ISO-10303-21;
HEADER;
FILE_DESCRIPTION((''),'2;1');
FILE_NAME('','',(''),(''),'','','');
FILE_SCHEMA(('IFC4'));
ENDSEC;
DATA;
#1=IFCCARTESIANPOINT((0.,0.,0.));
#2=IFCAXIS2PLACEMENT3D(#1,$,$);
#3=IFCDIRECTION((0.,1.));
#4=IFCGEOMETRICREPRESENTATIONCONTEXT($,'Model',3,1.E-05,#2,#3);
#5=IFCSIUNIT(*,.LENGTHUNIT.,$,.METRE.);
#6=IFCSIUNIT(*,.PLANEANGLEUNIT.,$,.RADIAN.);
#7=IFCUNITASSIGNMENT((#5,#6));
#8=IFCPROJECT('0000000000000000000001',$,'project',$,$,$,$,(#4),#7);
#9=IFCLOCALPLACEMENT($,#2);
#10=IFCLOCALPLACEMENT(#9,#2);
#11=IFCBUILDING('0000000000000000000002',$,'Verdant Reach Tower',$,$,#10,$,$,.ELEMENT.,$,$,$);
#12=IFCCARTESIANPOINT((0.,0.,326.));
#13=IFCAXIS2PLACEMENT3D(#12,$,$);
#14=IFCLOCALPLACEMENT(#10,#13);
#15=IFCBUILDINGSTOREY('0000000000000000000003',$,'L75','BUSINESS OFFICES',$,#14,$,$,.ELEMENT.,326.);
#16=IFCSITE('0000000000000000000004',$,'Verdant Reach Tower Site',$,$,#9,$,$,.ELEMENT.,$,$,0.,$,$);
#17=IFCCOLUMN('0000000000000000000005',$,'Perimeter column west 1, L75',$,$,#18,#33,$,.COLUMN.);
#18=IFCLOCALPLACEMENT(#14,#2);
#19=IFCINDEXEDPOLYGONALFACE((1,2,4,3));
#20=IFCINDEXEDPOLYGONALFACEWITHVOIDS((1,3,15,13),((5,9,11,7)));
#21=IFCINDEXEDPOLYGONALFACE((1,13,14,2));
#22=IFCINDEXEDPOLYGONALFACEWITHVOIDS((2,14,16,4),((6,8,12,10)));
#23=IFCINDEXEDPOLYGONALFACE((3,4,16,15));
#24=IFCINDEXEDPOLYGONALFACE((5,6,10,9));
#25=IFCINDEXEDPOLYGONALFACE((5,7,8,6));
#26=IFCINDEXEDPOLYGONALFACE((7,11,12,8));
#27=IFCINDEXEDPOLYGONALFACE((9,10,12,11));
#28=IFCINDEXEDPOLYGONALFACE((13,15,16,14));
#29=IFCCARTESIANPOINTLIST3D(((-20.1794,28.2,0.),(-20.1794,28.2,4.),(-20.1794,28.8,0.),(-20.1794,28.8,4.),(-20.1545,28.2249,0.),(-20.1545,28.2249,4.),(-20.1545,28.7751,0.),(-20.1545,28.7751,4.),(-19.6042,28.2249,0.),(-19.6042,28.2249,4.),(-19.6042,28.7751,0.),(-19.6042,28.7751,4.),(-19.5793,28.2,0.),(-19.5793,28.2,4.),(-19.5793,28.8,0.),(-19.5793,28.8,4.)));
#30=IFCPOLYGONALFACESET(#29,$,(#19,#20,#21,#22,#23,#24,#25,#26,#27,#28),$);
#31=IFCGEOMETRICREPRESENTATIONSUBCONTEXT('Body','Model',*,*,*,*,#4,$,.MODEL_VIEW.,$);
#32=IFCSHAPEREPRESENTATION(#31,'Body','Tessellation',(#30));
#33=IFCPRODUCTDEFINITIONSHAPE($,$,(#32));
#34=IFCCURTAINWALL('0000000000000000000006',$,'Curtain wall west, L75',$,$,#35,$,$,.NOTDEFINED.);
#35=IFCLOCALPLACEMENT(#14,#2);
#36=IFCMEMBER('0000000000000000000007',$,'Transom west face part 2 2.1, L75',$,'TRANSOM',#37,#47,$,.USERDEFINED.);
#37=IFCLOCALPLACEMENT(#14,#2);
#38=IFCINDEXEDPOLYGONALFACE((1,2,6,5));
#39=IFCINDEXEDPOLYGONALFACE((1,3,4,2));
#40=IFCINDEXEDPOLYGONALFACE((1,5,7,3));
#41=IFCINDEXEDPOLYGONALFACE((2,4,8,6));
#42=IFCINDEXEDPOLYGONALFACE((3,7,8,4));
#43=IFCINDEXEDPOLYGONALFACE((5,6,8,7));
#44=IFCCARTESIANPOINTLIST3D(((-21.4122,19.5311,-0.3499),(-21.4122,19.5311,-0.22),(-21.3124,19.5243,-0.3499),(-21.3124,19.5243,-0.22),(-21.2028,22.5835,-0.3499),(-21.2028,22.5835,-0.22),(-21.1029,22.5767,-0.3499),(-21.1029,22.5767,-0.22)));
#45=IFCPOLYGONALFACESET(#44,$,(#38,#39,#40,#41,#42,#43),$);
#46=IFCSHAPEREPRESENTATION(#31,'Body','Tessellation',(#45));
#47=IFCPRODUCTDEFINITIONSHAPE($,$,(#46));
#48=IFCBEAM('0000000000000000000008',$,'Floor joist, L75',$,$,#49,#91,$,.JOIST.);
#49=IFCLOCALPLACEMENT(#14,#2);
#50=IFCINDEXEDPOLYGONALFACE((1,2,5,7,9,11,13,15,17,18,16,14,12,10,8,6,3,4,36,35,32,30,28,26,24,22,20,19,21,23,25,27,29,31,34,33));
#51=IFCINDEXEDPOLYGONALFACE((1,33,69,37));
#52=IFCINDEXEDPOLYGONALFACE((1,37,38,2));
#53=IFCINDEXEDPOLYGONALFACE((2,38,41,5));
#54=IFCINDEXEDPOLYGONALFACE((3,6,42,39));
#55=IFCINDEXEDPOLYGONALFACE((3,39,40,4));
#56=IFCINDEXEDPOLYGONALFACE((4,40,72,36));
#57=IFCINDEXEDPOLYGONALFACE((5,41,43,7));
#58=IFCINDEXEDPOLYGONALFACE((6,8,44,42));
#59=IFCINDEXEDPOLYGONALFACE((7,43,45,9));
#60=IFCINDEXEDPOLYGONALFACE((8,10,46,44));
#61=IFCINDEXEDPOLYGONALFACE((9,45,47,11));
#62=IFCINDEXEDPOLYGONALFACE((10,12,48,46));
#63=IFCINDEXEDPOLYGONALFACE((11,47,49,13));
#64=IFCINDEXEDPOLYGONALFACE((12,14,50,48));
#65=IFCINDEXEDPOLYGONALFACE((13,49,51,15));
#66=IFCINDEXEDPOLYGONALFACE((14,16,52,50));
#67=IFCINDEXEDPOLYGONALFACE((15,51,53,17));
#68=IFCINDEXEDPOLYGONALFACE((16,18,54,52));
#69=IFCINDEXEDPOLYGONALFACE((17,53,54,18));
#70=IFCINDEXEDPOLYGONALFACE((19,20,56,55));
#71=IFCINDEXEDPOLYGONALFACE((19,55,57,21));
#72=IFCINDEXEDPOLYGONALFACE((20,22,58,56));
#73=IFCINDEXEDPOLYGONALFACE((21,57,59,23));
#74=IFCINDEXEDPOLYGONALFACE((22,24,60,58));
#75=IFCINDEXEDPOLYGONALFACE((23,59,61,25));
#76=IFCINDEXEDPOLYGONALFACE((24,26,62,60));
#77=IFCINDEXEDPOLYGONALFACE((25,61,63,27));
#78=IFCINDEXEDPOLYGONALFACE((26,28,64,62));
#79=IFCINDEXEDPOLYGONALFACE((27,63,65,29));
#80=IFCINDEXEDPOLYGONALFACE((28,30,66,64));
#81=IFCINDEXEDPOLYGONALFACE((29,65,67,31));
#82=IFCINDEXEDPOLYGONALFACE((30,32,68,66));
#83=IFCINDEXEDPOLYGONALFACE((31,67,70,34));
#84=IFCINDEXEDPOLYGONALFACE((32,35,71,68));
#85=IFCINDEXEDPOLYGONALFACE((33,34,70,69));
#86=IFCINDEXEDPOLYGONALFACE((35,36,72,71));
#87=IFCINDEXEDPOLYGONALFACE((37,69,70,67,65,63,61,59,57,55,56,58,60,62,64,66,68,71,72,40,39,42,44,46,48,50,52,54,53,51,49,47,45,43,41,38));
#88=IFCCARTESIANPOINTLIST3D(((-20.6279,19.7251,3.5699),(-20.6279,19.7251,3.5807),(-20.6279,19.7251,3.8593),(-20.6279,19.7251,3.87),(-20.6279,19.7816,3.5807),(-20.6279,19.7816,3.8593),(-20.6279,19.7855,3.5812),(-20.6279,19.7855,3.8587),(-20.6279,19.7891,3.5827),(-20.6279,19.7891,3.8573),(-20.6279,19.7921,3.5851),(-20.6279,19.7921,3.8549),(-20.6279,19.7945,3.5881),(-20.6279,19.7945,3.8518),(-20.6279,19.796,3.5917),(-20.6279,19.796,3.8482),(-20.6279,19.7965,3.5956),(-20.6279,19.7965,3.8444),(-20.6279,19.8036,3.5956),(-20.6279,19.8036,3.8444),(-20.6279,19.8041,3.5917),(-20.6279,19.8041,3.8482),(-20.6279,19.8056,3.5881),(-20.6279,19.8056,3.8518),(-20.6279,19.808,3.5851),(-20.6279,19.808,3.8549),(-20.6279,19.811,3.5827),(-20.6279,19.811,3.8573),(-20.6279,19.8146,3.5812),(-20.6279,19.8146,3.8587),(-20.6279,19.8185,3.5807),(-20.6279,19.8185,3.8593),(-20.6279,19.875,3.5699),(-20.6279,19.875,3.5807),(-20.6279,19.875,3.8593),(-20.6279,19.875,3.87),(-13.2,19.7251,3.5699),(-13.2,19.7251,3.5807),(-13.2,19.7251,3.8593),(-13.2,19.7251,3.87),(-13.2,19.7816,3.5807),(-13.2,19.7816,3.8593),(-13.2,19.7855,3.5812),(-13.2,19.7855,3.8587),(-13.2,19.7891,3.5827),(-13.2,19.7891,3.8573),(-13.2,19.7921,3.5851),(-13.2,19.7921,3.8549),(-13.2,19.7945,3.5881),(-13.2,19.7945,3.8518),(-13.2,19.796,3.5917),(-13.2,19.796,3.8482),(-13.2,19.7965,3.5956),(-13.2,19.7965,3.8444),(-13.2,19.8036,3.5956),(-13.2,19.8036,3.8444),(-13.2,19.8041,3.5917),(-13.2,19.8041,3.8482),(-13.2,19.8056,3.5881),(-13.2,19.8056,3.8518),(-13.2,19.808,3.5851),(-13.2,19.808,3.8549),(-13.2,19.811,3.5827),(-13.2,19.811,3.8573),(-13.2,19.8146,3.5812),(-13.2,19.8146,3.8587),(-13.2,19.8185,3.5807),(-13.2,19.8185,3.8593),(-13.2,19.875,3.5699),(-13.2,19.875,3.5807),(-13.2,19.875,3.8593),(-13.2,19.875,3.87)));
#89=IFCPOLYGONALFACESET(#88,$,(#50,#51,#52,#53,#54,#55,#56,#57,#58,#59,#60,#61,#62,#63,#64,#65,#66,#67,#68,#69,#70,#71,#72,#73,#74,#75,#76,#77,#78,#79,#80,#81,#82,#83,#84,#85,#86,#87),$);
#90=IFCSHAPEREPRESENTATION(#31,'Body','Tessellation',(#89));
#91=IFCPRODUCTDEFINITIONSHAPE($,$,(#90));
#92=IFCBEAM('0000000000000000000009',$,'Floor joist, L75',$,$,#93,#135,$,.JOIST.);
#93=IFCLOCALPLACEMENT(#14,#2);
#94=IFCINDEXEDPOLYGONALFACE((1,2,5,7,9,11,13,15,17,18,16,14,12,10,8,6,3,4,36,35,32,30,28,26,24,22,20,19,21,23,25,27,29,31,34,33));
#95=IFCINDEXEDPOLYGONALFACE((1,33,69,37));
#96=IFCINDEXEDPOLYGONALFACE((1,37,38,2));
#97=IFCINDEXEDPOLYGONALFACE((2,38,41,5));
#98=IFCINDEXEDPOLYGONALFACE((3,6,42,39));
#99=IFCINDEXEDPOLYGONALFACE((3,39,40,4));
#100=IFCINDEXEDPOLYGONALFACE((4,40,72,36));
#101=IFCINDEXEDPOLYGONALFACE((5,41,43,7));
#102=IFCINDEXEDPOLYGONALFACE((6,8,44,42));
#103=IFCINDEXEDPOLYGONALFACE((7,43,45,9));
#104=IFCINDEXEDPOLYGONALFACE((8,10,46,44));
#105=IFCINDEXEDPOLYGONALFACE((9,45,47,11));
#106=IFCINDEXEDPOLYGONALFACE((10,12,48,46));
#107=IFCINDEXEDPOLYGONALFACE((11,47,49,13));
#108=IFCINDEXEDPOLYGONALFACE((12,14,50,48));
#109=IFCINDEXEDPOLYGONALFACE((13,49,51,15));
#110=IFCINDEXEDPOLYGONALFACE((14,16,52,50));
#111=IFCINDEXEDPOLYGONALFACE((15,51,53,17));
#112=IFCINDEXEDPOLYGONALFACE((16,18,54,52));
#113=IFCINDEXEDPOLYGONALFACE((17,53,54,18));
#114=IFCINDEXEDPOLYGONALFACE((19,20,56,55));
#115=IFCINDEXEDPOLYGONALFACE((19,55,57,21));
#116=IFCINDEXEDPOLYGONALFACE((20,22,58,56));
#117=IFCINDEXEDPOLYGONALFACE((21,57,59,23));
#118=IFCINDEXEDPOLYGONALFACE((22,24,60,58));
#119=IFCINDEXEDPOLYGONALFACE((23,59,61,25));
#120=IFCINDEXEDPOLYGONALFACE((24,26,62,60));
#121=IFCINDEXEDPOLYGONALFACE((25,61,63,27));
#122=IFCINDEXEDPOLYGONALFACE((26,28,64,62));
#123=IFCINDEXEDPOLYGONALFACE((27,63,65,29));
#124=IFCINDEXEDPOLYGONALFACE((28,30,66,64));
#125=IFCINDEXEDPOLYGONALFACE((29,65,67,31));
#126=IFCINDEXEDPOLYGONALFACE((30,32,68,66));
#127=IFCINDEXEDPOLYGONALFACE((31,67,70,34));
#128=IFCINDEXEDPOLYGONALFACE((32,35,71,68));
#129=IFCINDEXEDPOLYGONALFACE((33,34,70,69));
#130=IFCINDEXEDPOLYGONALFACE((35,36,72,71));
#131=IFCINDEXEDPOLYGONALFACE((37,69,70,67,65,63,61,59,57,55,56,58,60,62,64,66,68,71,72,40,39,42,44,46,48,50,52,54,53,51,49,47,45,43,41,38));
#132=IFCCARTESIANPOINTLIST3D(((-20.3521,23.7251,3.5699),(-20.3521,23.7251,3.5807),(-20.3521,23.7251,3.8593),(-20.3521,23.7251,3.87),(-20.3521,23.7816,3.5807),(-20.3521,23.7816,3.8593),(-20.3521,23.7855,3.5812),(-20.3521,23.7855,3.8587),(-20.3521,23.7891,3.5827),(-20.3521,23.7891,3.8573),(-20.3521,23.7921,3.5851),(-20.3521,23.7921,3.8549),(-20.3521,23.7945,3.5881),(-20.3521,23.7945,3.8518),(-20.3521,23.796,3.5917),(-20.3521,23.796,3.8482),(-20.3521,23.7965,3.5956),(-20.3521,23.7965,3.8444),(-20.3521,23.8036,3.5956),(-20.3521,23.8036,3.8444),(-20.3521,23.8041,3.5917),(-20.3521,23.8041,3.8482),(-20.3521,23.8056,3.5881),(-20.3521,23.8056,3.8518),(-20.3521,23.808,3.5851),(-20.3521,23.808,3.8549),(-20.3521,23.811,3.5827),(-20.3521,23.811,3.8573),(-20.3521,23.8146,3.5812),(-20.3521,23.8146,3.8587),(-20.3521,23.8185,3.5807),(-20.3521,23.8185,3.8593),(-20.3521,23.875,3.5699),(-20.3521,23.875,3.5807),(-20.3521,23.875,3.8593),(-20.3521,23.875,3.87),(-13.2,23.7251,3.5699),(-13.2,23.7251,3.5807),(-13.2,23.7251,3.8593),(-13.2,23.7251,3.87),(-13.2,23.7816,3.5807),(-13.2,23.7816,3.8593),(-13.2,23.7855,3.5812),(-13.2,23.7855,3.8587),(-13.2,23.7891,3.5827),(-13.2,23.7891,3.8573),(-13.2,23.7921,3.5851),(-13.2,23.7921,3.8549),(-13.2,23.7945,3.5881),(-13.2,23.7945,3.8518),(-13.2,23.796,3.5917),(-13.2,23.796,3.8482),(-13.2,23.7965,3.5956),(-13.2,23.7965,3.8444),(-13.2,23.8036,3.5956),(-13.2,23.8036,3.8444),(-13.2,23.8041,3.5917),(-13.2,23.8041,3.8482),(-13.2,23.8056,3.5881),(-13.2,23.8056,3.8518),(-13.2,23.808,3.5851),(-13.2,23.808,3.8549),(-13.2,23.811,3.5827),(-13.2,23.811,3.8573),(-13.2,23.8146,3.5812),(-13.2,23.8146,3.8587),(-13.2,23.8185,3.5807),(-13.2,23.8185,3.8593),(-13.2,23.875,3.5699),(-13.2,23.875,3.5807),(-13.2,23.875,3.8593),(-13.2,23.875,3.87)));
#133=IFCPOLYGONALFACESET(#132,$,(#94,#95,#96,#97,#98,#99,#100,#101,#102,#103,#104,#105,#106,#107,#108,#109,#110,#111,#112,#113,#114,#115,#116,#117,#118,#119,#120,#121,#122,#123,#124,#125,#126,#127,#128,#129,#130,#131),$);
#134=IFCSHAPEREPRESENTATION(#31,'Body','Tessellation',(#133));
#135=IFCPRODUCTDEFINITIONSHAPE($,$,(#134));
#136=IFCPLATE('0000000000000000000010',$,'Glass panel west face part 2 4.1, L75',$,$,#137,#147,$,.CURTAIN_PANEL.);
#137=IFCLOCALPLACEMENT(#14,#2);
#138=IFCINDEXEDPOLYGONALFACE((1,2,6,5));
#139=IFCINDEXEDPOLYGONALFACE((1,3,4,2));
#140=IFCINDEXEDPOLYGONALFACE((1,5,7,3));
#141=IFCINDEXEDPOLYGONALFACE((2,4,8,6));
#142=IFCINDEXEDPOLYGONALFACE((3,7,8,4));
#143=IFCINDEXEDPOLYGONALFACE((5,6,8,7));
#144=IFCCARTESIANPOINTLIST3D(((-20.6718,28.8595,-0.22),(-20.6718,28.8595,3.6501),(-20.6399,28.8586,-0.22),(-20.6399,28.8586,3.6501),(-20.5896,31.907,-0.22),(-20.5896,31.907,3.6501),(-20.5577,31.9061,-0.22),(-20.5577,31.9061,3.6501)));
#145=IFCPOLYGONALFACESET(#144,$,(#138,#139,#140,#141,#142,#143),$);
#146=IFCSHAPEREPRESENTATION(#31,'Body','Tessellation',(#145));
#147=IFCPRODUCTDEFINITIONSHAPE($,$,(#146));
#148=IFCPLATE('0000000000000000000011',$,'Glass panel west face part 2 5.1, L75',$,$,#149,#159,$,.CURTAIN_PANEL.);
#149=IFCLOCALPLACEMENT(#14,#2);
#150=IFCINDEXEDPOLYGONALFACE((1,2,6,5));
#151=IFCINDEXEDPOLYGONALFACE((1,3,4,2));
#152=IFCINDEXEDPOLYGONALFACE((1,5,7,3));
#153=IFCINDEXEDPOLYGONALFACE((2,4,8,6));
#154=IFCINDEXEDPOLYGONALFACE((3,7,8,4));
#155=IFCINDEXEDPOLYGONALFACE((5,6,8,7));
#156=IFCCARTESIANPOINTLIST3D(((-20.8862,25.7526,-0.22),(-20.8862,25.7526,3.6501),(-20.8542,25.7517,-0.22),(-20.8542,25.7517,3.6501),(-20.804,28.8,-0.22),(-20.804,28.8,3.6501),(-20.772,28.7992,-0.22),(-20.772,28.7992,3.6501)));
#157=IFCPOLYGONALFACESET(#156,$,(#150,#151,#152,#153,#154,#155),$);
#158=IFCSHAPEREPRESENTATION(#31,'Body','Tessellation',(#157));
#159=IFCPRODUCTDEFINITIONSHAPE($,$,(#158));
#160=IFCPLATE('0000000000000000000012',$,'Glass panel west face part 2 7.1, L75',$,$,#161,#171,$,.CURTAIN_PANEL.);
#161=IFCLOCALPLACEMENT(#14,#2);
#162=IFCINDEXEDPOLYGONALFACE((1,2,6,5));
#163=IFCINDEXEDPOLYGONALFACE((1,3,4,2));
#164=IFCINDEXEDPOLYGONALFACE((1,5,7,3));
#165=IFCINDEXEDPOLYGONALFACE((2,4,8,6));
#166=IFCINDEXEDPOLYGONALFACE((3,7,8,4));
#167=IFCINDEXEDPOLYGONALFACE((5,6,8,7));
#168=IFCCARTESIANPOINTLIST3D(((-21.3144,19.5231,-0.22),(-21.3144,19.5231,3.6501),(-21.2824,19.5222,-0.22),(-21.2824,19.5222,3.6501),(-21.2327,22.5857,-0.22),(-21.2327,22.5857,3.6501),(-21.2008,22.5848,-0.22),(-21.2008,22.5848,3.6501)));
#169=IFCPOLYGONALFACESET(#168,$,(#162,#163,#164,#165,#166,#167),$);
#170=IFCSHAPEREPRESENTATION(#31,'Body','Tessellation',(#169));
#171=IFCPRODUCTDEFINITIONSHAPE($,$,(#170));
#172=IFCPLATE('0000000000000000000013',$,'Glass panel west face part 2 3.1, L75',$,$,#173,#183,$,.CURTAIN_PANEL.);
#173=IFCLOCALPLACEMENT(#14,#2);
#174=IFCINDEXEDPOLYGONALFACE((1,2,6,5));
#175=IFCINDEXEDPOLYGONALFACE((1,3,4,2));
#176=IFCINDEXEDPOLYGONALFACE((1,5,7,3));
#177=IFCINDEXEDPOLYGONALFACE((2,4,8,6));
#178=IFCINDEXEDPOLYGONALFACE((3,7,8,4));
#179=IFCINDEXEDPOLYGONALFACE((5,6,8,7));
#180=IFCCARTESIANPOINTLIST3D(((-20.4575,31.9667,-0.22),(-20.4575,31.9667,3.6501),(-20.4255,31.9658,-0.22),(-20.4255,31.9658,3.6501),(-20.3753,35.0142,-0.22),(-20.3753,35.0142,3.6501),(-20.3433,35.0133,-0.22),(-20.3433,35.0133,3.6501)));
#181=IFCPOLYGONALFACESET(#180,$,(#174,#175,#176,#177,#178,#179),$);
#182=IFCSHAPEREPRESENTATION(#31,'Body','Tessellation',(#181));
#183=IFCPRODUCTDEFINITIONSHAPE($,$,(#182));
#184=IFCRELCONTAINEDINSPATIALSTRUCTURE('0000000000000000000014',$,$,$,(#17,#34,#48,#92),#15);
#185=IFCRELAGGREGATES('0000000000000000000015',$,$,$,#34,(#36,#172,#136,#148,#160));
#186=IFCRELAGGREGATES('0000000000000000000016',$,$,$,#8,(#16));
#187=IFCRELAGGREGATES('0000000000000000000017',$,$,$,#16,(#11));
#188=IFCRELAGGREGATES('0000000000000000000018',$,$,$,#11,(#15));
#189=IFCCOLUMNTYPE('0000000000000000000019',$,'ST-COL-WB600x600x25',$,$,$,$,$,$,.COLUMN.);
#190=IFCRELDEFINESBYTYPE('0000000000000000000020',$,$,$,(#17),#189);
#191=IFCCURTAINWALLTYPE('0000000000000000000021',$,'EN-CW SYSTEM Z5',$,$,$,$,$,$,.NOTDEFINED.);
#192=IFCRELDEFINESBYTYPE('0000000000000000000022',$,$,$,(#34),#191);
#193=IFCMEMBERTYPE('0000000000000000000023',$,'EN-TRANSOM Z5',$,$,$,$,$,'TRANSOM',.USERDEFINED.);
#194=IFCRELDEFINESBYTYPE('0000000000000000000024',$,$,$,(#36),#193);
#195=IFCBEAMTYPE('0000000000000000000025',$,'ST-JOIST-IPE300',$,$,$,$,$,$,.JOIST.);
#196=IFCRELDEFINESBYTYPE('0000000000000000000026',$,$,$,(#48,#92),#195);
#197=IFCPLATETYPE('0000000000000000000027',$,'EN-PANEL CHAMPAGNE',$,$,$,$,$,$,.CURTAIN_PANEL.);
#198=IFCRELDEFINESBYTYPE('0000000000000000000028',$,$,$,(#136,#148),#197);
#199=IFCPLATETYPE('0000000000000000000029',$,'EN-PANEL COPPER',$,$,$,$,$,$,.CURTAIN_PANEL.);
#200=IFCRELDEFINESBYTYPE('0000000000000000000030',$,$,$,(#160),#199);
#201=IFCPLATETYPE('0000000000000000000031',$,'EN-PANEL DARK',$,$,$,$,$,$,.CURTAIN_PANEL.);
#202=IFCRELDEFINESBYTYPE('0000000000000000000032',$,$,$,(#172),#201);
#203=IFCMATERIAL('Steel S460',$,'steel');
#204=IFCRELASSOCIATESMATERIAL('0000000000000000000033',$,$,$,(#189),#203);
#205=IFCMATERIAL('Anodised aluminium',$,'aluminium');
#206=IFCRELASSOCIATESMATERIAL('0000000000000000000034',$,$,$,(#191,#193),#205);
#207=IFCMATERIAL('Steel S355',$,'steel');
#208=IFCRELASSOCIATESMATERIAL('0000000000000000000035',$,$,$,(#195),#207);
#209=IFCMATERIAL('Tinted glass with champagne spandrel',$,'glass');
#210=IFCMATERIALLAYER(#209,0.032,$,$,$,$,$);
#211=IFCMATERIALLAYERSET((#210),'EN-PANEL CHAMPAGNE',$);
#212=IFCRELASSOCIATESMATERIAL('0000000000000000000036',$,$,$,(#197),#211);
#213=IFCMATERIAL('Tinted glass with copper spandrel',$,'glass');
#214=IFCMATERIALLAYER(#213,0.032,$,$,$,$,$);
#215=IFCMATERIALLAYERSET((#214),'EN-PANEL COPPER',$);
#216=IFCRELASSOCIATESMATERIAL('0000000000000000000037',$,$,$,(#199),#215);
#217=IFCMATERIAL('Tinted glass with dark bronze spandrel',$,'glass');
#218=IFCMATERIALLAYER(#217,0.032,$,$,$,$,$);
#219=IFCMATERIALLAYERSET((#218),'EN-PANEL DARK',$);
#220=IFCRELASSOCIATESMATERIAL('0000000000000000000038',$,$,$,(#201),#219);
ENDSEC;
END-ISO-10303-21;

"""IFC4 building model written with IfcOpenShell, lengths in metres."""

from ifc_helpers import new_model, si_unit, direction, frame, origin, origin_2d, place, context, subcontext, project, spatial, rectangle, hollow_rectangle, i_section, extrude, material, layer, layer_set, material_profile, profile_set, type_object, element, aggregate, save


model = new_model("IFC4")

# Units and contexts
model_context = context("Model", 3, precision=1e-05, world=origin(), true_north=direction((0.0, 1.0)))
body_context = subcontext(model_context, "Body", "Model", "MODEL_VIEW")
ifc_project = project(units=[si_unit("LENGTHUNIT", "METRE"), si_unit("PLANEANGLEUNIT", "RADIAN")], contexts=[model_context])

# Site, building, storey
site_placement = place(None, origin())
site = spatial("IfcSite", under=ifc_project, at=site_placement, Name="Verdant Reach Tower Site", CompositionType="ELEMENT", RefElevation=0.0)
building_placement = place(site_placement, origin())
building = spatial("IfcBuilding", under=site, at=building_placement, Name="Verdant Reach Tower", CompositionType="ELEMENT")
storey_placement = place(building_placement, frame((0.0, 0.0, 326.0)))
storey = spatial("IfcBuildingStorey", under=building, at=storey_placement, Name="L75", Description="BUSINESS OFFICES", CompositionType="ELEMENT", Elevation=326.0)

# Column
ifc_material_1 = material(Name="Steel S460", Category="steel")
ifc_material_profile_1 = material_profile(ifc_material_1, hollow_rectangle(XDim=0.6001, YDim=0.6001, WallThickness=0.0249, at=origin_2d()), Name="WB 600x600x25")
ifc_profile_set_1 = profile_set([ifc_material_profile_1], Name="Steel S460")
column_type = type_object("IfcColumnType", Name="ST-COL-WB600x600x25", PredefinedType="COLUMN", material=ifc_profile_set_1)
column_placement = place(storey_placement, frame((-19.8794, 28.5, 0.0), z_axis=(0.0, 0.0, 1.0), x_axis=(1.0, 0.0, 0.0)))
element("IfcColumn", 1, at=column_placement, inside=storey, type_object=column_type, Name="Perimeter column west 1, L75", PredefinedType="COLUMN", context=body_context, shape_type="SweptSolid", body=[
    extrude(hollow_rectangle(XDim=0.6001, YDim=0.6001, WallThickness=0.0249, at=origin_2d()), origin(), (0.0, 0.0, 1.0), 4.0),
])

# Curtain wall, member
ifc_material_2 = material(Name="Anodised aluminium", Category="aluminium")
curtain_wall_type = type_object("IfcCurtainWallType", Name="EN-CW SYSTEM Z5", PredefinedType="NOTDEFINED", material=ifc_material_2)
curtain_wall_placement = place(storey_placement, origin())
curtain_wall = element("IfcCurtainWall", 2, at=curtain_wall_placement, inside=storey, type_object=curtain_wall_type, Name="Curtain wall west, L75", PredefinedType="NOTDEFINED")
ifc_material_profile_2 = material_profile(ifc_material_2, rectangle(XDim=0.1001, YDim=0.1299, at=origin_2d()), Name="Transom 130x100")
ifc_profile_set_2 = profile_set([ifc_material_profile_2], Name="Anodised aluminium")
member_type = type_object("IfcMemberType", Name="EN-TRANSOM Z5", ElementType="TRANSOM", PredefinedType="USERDEFINED", material=ifc_profile_set_2)
member_placement = place(storey_placement, frame((-21.1528, 22.5801, -0.2849), z_axis=(-0.068463, -0.997654, 0.0), x_axis=(0.997654, -0.068463, 0.0)))
member = element("IfcMember", 3, at=member_placement, type_object=member_type, Name="Transom west face part 2 2.1, L75", ObjectType="TRANSOM", PredefinedType="USERDEFINED", context=body_context, shape_type="SweptSolid", body=[
    extrude(rectangle(XDim=0.1001, YDim=0.1299, at=origin_2d()), origin(), (0.0, 0.0, 1.0), 3.0596),
])

# Beams
ifc_material_3 = material(Name="Steel S355", Category="steel")
ifc_material_profile_3 = material_profile(ifc_material_3, i_section(OverallWidth=0.1499, OverallDepth=0.3, WebThickness=0.0071, FlangeThickness=0.0107, FilletRadius=0.0149, at=origin_2d()), Name="IPE 300")
ifc_profile_set_3 = profile_set([ifc_material_profile_3], Name="Steel S355")
beam_type = type_object("IfcBeamType", Name="ST-JOIST-IPE300", PredefinedType="JOIST", material=ifc_profile_set_3)
beam_1_placement = place(storey_placement, frame((-13.2, 19.8, 3.72), z_axis=(-1.0, 0.0, 0.0), x_axis=(0.0, -1.0, 0.0)))
element("IfcBeam", 4, at=beam_1_placement, inside=storey, type_object=beam_type, Name="Floor joist, L75", PredefinedType="JOIST", context=body_context, shape_type="SweptSolid", body=[
    extrude(i_section(OverallWidth=0.1499, OverallDepth=0.3, WebThickness=0.0071, FlangeThickness=0.0107, FilletRadius=0.0149, at=origin_2d()), origin(), (0.0, 0.0, 1.0), 7.428),
])
beam_2_placement = place(storey_placement, frame((-13.2, 23.8, 3.72), z_axis=(-1.0, 0.0, 0.0), x_axis=(0.0, -1.0, 0.0)))
element("IfcBeam", 5, at=beam_2_placement, inside=storey, type_object=beam_type, Name="Floor joist, L75", PredefinedType="JOIST", context=body_context, shape_type="SweptSolid", body=[
    extrude(i_section(OverallWidth=0.1499, OverallDepth=0.3, WebThickness=0.0071, FlangeThickness=0.0107, FilletRadius=0.0149, at=origin_2d()), origin(), (0.0, 0.0, 1.0), 7.1521),
])

# Plates
ifc_material_4 = material(Name="Tinted glass with champagne spandrel", Category="glass")
ifc_layer_1 = layer(ifc_material_4, 0.032)
ifc_layer_set_1 = layer_set([ifc_layer_1], Name="EN-PANEL CHAMPAGNE")
plate_type_1 = type_object("IfcPlateType", Name="EN-PANEL CHAMPAGNE", PredefinedType="CURTAIN_PANEL", material=ifc_layer_set_1)
plate_1_placement = place(storey_placement, frame((-20.6147, 30.3828, -0.22), z_axis=(0.0, 0.0, 1.0), x_axis=(-0.026965, -0.999636, 0.0)))
plate_1 = element("IfcPlate", 6, at=plate_1_placement, type_object=plate_type_1, Name="Glass panel west face part 2 4.1, L75", PredefinedType="CURTAIN_PANEL", context=body_context, shape_type="SweptSolid", body=[
    extrude(rectangle(XDim=3.0486, YDim=0.032, at=origin_2d()), origin(), (0.0, 0.0, 1.0), 3.8701),
])
plate_2_placement = place(storey_placement, frame((-20.8291, 27.2759, -0.22), z_axis=(0.0, 0.0, 1.0), x_axis=(-0.026965, -0.999636, 0.0)))
plate_2 = element("IfcPlate", 7, at=plate_2_placement, type_object=plate_type_1, Name="Glass panel west face part 2 5.1, L75", PredefinedType="CURTAIN_PANEL", context=body_context, shape_type="SweptSolid", body=[
    extrude(rectangle(XDim=3.0486, YDim=0.032, at=origin_2d()), origin(), (0.0, 0.0, 1.0), 3.8701),
])
ifc_material_5 = material(Name="Tinted glass with copper spandrel", Category="glass")
ifc_layer_2 = layer(ifc_material_5, 0.032)
ifc_layer_set_2 = layer_set([ifc_layer_2], Name="EN-PANEL COPPER")
plate_type_2 = type_object("IfcPlateType", Name="EN-PANEL COPPER", PredefinedType="CURTAIN_PANEL", material=ifc_layer_set_2)
plate_3_placement = place(storey_placement, frame((-21.2576, 21.054, -0.22), z_axis=(0.0, 0.0, 1.0), x_axis=(-0.026643, -0.999645, 0.0)))
plate_3 = element("IfcPlate", 8, at=plate_3_placement, type_object=plate_type_2, Name="Glass panel west face part 2 7.1, L75", PredefinedType="CURTAIN_PANEL", context=body_context, shape_type="SweptSolid", body=[
    extrude(rectangle(XDim=3.0637, YDim=0.032, at=origin_2d()), origin(), (0.0, 0.0, 1.0), 3.8701),
])
ifc_material_6 = material(Name="Tinted glass with dark bronze spandrel", Category="glass")
ifc_layer_3 = layer(ifc_material_6, 0.032)
ifc_layer_set_3 = layer_set([ifc_layer_3], Name="EN-PANEL DARK")
plate_type_3 = type_object("IfcPlateType", Name="EN-PANEL DARK", PredefinedType="CURTAIN_PANEL", material=ifc_layer_set_3)
plate_4_placement = place(storey_placement, frame((-20.4004, 33.49, -0.22), z_axis=(0.0, 0.0, 1.0), x_axis=(-0.026965, -0.999636, 0.0)))
plate_4 = element("IfcPlate", 9, at=plate_4_placement, type_object=plate_type_3, Name="Glass panel west face part 2 3.1, L75", PredefinedType="CURTAIN_PANEL", context=body_context, shape_type="SweptSolid", body=[
    extrude(rectangle(XDim=3.0486, YDim=0.032, at=origin_2d()), origin(), (0.0, 0.0, 1.0), 3.8701),
])
aggregate(curtain_wall, [member, plate_4, plate_1, plate_2, plate_3])

save(model, "model.ifc")
